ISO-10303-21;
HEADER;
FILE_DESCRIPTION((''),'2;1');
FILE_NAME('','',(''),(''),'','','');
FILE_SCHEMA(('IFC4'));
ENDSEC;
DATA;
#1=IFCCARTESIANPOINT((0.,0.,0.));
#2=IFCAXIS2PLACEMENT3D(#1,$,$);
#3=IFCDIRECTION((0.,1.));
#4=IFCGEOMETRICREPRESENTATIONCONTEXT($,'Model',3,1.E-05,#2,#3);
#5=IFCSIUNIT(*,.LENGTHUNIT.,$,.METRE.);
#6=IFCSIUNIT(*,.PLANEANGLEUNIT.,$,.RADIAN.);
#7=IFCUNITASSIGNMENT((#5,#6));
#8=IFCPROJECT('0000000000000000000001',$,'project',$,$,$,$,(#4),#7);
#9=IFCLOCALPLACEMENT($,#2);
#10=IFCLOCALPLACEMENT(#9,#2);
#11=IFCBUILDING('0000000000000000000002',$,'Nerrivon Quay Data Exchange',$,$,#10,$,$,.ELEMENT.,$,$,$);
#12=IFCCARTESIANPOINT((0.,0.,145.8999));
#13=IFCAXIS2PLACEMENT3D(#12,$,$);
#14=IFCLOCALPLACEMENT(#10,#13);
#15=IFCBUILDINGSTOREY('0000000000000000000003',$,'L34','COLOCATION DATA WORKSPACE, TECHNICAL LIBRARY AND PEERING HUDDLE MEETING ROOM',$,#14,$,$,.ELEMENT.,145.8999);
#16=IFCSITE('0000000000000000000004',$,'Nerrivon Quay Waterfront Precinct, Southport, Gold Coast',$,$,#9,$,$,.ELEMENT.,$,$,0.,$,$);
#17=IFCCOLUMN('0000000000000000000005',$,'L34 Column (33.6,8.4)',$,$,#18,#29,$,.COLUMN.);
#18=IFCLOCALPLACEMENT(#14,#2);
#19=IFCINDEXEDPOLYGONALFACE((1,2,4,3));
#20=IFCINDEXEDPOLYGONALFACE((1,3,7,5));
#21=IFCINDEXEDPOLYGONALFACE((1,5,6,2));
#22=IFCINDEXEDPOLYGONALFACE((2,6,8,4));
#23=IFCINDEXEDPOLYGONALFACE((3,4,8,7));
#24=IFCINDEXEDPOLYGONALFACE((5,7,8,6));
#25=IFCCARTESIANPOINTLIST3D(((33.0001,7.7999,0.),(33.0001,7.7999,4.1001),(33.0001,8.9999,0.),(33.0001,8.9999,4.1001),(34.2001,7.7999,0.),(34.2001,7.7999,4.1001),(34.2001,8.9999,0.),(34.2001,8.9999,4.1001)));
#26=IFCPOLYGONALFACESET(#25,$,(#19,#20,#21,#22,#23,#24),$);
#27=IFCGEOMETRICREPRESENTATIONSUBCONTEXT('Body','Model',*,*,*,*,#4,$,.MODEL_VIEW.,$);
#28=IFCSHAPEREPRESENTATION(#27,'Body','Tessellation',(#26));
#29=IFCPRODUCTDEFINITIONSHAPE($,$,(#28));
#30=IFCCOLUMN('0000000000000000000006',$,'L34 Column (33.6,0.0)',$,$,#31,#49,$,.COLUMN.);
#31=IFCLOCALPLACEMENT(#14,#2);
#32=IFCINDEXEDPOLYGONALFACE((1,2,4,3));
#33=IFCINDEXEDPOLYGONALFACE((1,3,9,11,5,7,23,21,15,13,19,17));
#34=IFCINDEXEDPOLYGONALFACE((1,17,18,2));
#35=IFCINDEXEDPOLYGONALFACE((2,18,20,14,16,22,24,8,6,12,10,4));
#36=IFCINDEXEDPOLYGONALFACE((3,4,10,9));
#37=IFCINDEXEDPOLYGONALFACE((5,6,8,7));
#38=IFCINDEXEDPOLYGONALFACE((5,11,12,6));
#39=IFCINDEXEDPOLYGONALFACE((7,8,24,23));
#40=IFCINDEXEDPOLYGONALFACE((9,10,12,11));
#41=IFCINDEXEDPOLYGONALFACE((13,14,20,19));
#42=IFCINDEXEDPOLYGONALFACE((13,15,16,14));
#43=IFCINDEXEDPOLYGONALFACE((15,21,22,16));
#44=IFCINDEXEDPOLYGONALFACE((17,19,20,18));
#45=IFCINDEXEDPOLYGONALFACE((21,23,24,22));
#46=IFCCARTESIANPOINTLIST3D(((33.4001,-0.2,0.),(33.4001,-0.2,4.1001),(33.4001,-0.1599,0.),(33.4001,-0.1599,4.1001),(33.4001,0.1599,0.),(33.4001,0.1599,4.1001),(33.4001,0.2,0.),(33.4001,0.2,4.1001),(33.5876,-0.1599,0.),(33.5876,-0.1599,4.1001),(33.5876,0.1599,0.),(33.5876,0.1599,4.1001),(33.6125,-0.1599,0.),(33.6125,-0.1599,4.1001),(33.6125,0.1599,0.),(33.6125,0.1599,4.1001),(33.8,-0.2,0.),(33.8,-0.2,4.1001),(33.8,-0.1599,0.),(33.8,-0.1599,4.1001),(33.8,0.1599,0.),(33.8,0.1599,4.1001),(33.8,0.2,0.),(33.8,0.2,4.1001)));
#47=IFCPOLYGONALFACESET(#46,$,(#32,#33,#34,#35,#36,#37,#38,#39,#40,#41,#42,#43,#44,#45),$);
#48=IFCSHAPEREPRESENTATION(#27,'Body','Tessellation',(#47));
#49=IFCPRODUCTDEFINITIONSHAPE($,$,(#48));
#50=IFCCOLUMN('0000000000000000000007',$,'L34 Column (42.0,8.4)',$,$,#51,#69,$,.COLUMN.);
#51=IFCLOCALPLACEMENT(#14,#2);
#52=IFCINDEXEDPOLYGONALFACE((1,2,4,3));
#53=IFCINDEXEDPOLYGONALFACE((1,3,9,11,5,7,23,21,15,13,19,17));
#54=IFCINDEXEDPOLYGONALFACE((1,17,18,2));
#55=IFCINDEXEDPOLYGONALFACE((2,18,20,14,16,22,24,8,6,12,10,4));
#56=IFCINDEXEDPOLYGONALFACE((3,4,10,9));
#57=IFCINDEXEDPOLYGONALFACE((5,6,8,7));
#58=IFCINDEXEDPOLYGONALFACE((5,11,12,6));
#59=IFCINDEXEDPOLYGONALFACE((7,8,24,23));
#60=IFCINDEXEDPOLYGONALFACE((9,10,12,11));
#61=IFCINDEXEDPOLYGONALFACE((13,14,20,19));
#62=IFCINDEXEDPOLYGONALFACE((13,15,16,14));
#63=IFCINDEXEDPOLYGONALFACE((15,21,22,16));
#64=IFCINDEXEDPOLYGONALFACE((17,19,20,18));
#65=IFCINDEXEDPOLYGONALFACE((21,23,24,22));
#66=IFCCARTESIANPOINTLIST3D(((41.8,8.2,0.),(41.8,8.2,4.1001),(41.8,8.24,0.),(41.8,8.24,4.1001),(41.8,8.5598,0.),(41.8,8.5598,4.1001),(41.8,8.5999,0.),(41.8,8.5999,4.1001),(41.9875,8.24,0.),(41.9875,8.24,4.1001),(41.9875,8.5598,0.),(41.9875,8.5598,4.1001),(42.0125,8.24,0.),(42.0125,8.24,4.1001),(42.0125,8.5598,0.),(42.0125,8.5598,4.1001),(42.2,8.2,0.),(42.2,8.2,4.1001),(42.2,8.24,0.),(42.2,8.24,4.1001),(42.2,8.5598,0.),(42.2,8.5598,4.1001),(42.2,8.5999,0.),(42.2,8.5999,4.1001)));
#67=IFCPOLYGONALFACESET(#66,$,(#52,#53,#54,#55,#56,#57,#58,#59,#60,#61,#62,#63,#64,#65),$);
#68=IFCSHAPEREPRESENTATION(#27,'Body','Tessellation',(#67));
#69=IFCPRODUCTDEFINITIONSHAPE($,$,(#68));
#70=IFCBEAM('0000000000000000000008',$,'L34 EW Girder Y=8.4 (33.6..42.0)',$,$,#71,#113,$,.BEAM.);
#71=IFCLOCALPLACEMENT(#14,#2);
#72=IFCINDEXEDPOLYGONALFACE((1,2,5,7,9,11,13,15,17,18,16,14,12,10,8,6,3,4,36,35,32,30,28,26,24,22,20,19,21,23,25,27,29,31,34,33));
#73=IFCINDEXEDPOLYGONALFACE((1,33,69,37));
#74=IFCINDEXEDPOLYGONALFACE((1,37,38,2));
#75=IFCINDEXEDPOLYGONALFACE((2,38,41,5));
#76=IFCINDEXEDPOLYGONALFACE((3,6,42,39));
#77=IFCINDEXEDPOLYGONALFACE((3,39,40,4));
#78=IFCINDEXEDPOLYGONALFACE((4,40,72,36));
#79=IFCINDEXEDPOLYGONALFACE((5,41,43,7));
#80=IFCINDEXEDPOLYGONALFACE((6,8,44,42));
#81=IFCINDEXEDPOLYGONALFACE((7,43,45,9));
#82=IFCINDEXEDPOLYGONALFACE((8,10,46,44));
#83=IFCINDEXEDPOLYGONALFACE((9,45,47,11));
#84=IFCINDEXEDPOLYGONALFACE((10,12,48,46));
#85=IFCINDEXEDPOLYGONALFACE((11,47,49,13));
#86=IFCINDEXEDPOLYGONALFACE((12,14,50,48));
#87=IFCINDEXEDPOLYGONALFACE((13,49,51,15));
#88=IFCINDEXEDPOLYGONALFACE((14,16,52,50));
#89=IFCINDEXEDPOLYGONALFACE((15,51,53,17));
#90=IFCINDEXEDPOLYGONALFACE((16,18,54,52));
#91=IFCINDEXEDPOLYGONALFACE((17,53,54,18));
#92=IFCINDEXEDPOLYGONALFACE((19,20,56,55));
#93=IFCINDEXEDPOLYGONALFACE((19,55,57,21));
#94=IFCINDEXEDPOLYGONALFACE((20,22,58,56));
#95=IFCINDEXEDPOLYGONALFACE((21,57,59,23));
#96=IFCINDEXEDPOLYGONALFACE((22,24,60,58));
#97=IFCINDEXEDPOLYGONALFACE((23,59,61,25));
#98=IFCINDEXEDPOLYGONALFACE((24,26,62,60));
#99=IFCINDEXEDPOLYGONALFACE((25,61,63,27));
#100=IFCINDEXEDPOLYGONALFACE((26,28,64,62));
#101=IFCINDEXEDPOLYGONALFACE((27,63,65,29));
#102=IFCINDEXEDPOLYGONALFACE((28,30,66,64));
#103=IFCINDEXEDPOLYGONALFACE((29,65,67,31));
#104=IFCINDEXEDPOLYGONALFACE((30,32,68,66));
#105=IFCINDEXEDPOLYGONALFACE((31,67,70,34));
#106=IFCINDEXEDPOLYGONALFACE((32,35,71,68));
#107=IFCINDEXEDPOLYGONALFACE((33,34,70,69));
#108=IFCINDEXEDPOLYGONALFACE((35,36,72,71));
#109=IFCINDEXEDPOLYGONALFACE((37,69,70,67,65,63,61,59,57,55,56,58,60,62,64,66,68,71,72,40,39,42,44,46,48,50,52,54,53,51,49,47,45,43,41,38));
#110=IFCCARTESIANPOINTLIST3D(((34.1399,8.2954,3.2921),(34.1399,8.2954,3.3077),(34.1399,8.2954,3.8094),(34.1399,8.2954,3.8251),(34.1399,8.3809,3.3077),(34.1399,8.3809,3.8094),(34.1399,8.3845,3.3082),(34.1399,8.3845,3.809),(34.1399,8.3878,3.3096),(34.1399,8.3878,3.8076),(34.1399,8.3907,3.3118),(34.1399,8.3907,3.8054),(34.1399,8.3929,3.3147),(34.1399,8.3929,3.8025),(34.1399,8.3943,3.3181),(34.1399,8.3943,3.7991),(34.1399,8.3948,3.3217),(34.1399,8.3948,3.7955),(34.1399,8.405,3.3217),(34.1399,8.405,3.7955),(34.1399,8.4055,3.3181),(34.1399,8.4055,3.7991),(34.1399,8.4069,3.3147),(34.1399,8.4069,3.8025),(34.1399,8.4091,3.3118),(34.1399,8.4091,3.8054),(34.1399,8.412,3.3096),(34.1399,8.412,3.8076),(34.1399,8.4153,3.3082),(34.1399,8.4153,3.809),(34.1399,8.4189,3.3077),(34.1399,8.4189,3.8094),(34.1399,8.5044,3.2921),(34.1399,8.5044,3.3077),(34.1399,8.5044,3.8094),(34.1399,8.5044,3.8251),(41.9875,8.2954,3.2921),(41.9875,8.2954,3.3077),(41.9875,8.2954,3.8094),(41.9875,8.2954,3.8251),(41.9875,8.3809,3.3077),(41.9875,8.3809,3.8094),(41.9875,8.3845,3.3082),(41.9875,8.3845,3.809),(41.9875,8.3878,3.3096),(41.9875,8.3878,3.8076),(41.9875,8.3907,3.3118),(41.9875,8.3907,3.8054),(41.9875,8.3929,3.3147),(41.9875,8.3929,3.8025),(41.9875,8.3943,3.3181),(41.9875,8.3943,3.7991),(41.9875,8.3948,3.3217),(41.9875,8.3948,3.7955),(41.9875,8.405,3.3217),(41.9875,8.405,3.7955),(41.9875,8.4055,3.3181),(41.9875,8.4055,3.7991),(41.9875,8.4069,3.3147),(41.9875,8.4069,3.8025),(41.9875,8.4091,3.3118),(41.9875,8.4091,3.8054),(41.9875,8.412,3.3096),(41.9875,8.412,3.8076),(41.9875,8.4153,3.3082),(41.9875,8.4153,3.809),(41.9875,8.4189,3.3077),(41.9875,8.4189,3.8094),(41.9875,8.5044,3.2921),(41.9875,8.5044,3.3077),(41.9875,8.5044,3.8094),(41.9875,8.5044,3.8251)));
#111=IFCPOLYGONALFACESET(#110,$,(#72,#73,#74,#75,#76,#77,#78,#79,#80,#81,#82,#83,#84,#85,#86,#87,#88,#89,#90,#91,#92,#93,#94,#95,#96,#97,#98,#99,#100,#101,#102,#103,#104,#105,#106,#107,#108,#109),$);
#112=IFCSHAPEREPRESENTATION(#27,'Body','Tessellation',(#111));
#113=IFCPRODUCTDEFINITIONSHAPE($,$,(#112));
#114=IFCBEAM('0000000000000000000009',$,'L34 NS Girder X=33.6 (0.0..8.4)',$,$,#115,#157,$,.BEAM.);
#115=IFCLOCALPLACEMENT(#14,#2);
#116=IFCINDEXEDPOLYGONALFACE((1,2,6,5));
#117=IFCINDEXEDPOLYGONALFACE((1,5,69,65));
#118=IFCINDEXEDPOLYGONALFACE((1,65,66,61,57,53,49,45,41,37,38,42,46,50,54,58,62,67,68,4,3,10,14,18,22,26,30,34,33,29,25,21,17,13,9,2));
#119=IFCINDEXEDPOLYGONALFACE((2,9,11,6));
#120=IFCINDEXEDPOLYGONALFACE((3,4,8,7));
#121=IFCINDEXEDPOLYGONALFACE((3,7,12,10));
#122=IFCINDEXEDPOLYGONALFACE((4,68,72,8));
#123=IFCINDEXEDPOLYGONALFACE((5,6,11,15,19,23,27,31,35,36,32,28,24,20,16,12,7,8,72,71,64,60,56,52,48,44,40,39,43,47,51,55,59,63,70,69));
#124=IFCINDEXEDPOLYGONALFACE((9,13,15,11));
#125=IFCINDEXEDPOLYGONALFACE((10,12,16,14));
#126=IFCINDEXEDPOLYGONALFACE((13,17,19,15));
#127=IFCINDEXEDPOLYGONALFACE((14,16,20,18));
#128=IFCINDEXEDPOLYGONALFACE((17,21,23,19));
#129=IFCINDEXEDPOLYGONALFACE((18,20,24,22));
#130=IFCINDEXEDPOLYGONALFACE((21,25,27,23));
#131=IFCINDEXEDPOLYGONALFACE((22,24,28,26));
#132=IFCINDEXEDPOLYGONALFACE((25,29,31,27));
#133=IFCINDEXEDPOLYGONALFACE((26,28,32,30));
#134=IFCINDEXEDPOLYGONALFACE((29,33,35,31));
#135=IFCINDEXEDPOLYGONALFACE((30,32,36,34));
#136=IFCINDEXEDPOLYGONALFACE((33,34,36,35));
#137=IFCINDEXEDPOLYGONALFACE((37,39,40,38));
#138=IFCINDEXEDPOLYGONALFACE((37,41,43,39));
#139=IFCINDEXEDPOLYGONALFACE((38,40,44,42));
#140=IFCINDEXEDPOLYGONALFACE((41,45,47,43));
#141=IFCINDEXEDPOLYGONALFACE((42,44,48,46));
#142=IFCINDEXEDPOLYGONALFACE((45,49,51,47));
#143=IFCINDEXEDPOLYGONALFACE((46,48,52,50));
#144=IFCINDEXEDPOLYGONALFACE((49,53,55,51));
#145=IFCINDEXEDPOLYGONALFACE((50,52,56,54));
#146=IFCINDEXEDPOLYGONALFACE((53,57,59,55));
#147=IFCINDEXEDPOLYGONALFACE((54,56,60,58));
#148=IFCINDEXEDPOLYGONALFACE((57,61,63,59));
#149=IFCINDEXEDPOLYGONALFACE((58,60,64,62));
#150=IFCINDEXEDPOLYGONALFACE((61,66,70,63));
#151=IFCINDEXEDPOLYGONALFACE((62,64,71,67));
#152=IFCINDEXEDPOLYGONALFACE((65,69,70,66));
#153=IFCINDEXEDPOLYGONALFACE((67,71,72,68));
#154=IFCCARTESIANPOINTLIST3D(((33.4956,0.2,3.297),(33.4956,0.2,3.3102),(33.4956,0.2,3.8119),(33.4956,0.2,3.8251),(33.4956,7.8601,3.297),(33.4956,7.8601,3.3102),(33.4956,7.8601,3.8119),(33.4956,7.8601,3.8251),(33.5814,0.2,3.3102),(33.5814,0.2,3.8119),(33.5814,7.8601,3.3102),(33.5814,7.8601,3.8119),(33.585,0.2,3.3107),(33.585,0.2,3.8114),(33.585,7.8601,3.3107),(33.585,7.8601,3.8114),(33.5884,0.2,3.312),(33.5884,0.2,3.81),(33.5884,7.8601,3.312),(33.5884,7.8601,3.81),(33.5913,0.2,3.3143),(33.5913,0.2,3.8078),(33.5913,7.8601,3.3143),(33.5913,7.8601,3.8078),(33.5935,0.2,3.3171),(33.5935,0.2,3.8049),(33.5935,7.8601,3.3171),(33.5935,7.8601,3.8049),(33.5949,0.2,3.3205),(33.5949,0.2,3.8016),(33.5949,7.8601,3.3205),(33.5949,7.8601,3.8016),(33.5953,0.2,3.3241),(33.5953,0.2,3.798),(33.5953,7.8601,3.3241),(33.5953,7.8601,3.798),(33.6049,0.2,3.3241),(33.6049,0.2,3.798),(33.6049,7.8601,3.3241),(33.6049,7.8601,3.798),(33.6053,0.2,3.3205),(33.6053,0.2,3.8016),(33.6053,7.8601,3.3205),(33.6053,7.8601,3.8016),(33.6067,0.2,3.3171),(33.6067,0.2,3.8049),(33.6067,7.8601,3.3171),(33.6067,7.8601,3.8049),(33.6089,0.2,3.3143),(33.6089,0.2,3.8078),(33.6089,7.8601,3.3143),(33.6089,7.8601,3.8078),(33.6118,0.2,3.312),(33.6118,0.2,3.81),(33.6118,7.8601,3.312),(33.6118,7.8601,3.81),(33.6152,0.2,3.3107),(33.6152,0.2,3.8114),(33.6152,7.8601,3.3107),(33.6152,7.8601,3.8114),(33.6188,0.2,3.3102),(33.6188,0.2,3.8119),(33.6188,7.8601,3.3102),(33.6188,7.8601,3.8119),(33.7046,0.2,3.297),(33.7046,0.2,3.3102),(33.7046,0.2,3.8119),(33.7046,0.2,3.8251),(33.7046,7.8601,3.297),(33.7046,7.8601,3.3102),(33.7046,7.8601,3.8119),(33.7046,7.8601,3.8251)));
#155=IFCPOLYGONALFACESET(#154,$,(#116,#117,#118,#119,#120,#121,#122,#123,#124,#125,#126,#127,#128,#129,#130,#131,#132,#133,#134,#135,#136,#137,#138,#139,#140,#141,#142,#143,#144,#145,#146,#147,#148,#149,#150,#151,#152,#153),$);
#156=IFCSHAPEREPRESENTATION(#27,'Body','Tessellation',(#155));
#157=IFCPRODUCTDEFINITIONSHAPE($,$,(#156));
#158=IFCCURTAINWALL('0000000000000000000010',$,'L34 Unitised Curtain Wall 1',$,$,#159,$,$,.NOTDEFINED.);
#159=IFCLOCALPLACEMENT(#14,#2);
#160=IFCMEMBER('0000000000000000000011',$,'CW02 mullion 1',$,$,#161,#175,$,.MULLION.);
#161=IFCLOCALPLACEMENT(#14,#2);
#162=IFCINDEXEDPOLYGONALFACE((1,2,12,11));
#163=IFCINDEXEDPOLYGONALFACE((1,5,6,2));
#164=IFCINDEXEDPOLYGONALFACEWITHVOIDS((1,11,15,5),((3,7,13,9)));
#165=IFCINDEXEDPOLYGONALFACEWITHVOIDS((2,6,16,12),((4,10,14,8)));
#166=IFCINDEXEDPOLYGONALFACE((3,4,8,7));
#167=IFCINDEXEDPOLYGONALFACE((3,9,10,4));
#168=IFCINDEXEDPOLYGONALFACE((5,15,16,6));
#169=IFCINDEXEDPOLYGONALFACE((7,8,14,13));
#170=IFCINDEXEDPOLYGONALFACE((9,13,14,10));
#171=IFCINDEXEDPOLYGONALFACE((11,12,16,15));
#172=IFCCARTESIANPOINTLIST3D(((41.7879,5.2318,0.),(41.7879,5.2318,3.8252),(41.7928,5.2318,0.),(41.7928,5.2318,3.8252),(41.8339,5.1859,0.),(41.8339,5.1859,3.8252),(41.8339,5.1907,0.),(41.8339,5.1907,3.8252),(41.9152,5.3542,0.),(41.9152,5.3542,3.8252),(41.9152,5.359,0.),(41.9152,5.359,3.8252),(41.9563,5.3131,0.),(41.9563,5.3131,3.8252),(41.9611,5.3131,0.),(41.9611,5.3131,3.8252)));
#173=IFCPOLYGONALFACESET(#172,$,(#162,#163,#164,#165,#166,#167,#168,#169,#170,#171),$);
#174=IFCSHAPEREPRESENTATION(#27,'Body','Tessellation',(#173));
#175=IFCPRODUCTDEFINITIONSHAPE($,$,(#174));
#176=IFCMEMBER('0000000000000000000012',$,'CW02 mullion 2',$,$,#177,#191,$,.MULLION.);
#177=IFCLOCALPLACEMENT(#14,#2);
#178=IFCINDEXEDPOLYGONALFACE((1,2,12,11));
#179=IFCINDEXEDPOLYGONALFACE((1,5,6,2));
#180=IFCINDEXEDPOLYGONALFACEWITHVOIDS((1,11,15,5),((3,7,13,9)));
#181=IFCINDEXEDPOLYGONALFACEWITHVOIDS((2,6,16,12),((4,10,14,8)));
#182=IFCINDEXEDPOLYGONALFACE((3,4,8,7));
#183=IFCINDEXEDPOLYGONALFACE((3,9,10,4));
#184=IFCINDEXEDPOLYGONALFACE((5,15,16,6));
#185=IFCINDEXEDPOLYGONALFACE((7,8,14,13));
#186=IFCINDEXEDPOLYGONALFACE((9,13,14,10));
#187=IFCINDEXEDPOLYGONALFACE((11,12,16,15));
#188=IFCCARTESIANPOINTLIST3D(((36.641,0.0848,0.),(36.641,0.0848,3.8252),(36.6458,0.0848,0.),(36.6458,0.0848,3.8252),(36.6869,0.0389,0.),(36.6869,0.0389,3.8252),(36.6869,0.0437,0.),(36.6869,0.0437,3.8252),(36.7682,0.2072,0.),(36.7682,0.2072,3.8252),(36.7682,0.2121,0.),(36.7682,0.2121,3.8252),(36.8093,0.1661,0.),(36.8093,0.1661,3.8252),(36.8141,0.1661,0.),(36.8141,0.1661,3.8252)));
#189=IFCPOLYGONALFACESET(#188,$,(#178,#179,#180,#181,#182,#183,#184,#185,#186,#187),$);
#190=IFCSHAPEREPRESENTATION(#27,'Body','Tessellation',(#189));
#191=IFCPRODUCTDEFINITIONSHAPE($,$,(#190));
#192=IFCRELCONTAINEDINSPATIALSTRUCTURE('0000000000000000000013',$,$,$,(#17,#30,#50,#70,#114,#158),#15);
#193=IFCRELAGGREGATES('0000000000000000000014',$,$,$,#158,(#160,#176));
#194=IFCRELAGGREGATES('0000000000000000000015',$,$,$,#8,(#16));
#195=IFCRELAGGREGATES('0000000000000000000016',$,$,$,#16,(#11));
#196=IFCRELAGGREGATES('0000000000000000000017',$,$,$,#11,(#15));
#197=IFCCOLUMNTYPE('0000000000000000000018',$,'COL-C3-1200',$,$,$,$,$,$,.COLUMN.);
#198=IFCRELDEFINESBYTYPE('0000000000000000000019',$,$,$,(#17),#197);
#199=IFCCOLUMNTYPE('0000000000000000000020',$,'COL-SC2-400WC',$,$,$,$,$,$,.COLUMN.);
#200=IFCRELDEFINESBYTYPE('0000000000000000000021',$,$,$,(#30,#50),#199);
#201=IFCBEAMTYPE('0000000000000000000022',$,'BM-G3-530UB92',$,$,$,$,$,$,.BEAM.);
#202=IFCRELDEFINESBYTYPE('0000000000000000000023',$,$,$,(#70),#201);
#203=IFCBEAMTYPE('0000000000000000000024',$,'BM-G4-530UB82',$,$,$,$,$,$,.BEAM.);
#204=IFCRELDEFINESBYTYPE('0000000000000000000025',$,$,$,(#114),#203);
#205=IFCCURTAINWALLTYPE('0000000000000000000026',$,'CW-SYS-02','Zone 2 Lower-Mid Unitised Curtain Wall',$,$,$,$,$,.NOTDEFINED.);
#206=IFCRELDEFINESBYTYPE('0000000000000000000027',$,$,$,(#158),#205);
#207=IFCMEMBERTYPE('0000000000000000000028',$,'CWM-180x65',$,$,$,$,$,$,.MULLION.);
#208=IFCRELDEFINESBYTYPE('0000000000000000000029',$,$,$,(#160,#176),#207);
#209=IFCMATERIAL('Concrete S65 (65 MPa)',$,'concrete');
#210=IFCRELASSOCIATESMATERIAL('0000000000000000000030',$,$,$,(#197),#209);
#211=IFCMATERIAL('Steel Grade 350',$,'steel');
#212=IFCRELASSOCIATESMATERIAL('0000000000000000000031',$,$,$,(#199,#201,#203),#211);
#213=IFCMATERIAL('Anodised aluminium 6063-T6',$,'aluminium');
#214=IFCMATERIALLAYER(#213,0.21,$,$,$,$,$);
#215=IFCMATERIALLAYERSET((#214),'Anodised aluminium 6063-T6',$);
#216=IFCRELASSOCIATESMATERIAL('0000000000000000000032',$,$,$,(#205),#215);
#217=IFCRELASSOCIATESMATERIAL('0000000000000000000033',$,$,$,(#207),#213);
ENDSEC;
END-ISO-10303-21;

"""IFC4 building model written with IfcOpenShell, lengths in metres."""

from ifc_helpers import new_model, si_unit, direction, frame, origin, origin_2d, place, context, subcontext, project, spatial, rectangle, hollow_rectangle, i_section, extrude, material, layer, layer_set, material_profile, profile_set, type_object, element, aggregate, save


model = new_model("IFC4")

# Units and contexts
model_context = context("Model", 3, precision=1e-05, world=origin(), true_north=direction((0.0, 1.0)))
body_context = subcontext(model_context, "Body", "Model", "MODEL_VIEW")
ifc_project = project(units=[si_unit("LENGTHUNIT", "METRE"), si_unit("PLANEANGLEUNIT", "RADIAN")], contexts=[model_context])

# Site, building, storey
site_placement = place(None, origin())
site = spatial("IfcSite", under=ifc_project, at=site_placement, Name="Nerrivon Quay Waterfront Precinct, Southport, Gold Coast", CompositionType="ELEMENT", RefElevation=0.0)
building_placement = place(site_placement, origin())
building = spatial("IfcBuilding", under=site, at=building_placement, Name="Nerrivon Quay Data Exchange", CompositionType="ELEMENT")
storey_placement = place(building_placement, frame((0.0, 0.0, 145.8999)))
storey = spatial("IfcBuildingStorey", under=building, at=storey_placement, Name="L34", Description="COLOCATION DATA WORKSPACE, TECHNICAL LIBRARY AND PEERING HUDDLE MEETING ROOM", CompositionType="ELEMENT", Elevation=145.8999)

# Columns
ifc_material_1 = material(Name="Concrete S65 (65 MPa)", Category="concrete")
ifc_material_profile_1 = material_profile(ifc_material_1, rectangle(XDim=1.2, YDim=1.2, at=origin_2d()), Name="RC-COL-1200x1200")
ifc_profile_set_1 = profile_set([ifc_material_profile_1], Name="Concrete S65 (65 MPa)")
column_type_1 = type_object("IfcColumnType", Name="COL-C3-1200", PredefinedType="COLUMN", material=ifc_profile_set_1)
column_placement = place(storey_placement, frame((33.6001, 8.3999, 0.0), z_axis=(0.0, 0.0, 1.0), x_axis=(1.0, 0.0, 0.0)))
element("IfcColumn", 1, at=column_placement, inside=storey, type_object=column_type_1, Name="L34 Column (33.6,8.4)", PredefinedType="COLUMN", context=body_context, shape_type="SweptSolid", body=[
    extrude(rectangle(XDim=1.2, YDim=1.2, at=origin_2d()), origin(), (0.0, 0.0, 1.0), 4.1001),
])
ifc_material_2 = material(Name="Steel Grade 350", Category="steel")
ifc_material_profile_2 = material_profile(ifc_material_2, i_section(OverallWidth=0.3999, OverallDepth=0.3999, WebThickness=0.0249, FlangeThickness=0.04, at=origin_2d()), Name="400WC328")
ifc_profile_set_2 = profile_set([ifc_material_profile_2], Name="Steel Grade 350")
column_type_2 = type_object("IfcColumnType", Name="COL-SC2-400WC", PredefinedType="COLUMN", material=ifc_profile_set_2)
for number, where, z_axis, x_axis, name in (
    (2, (33.6001, 0.0, 0.0), (0.0, 0.0, 1.0), (1.0, 0.0, 0.0), "L34 Column (33.6,0.0)"),
    (3, (42.0, 8.3999, 0.0), (0.0, 0.0, 1.0), (1.0, 0.0, 0.0), "L34 Column (42.0,8.4)"),
):
    element("IfcColumn", number, at=place(storey_placement, frame(where, z_axis=z_axis, x_axis=x_axis)), inside=storey, type_object=column_type_2, Name=name, PredefinedType="COLUMN", context=body_context, shape_type="SweptSolid", body=[
        extrude(i_section(OverallWidth=0.3999, OverallDepth=0.3999, WebThickness=0.0249, FlangeThickness=0.04, at=origin_2d()), origin(), (0.0, 0.0, 1.0), 4.1001),
    ])

# Beams
ifc_material_profile_3 = material_profile(ifc_material_2, i_section(OverallWidth=0.209, OverallDepth=0.533, WebThickness=0.0103, FlangeThickness=0.0156, FilletRadius=0.0139, at=origin_2d()), Name="530UB92.4")
ifc_profile_set_3 = profile_set([ifc_material_profile_3], Name="Steel Grade 350")
beam_type_1 = type_object("IfcBeamType", Name="BM-G3-530UB92", PredefinedType="BEAM", material=ifc_profile_set_3)
beam_1_placement = place(storey_placement, frame((34.1399, 8.3999, 3.5586), z_axis=(1.0, 0.0, 0.0), x_axis=(0.0, 1.0, 0.0)))
element("IfcBeam", 4, at=beam_1_placement, inside=storey, type_object=beam_type_1, Name="L34 EW Girder Y=8.4 (33.6..42.0)", PredefinedType="BEAM", context=body_context, shape_type="SweptSolid", body=[
    extrude(i_section(OverallWidth=0.209, OverallDepth=0.533, WebThickness=0.0103, FlangeThickness=0.0156, FilletRadius=0.0139, at=origin_2d()), origin(), (0.0, 0.0, 1.0), 7.8477),
])
ifc_material_profile_4 = material_profile(ifc_material_2, i_section(OverallWidth=0.209, OverallDepth=0.5281, WebThickness=0.0095, FlangeThickness=0.0132, FilletRadius=0.0139, at=origin_2d()), Name="530UB82.0")
ifc_profile_set_4 = profile_set([ifc_material_profile_4], Name="Steel Grade 350")
beam_type_2 = type_object("IfcBeamType", Name="BM-G4-530UB82", PredefinedType="BEAM", material=ifc_profile_set_4)
beam_2_placement = place(storey_placement, frame((33.6001, 0.2, 3.561), z_axis=(0.0, 1.0, 0.0), x_axis=(-1.0, 0.0, 0.0)))
element("IfcBeam", 5, at=beam_2_placement, inside=storey, type_object=beam_type_2, Name="L34 NS Girder X=33.6 (0.0..8.4)", PredefinedType="BEAM", context=body_context, shape_type="SweptSolid", body=[
    extrude(i_section(OverallWidth=0.209, OverallDepth=0.5281, WebThickness=0.0095, FlangeThickness=0.0132, FilletRadius=0.0139, at=origin_2d()), origin(), (0.0, 0.0, 1.0), 7.6602),
])

# Curtain wall, members
ifc_material_3 = material(Name="Anodised aluminium 6063-T6", Category="aluminium")
ifc_layer_1 = layer(ifc_material_3, 0.21)
ifc_layer_set_1 = layer_set([ifc_layer_1], Name="Anodised aluminium 6063-T6")
curtain_wall_type = type_object("IfcCurtainWallType", Name="CW-SYS-02", Description="Zone 2 Lower-Mid Unitised Curtain Wall", PredefinedType="NOTDEFINED", material=ifc_layer_set_1)
curtain_wall_1_placement = place(storey_placement, origin())
curtain_wall_1 = element("IfcCurtainWall", 6, at=curtain_wall_1_placement, inside=storey, type_object=curtain_wall_type, Name="L34 Unitised Curtain Wall 1", PredefinedType="NOTDEFINED")
ifc_material_profile_5 = material_profile(ifc_material_3, hollow_rectangle(XDim=0.0649, YDim=0.1799, WallThickness=0.0034, at=origin_2d()), Name="ALU-MULL-180x65")
ifc_profile_set_5 = profile_set([ifc_material_profile_5], Name="Anodised aluminium 6063-T6")
member_type_1 = type_object("IfcMemberType", Name="CWM-180x65", PredefinedType="MULLION", material=ifc_profile_set_5)
member_1_placement = place(storey_placement, frame((41.8745, 5.2725, 0.0), z_axis=(0.0, 0.0, 1.0), x_axis=(0.707107, -0.707107, 0.0)))
member_1 = element("IfcMember", 7, at=member_1_placement, type_object=member_type_1, Name="CW02 mullion 1", PredefinedType="MULLION", context=body_context, shape_type="SweptSolid", body=[
    extrude(hollow_rectangle(XDim=0.0649, YDim=0.1799, WallThickness=0.0034, at=origin_2d()), origin(), (0.0, 0.0, 1.0), 3.8252),
])
member_2_placement = place(storey_placement, frame((36.7275, 0.1255, 0.0), z_axis=(0.0, 0.0, 1.0), x_axis=(0.707107, -0.707107, 0.0)))
member_2 = element("IfcMember", 8, at=member_2_placement, type_object=member_type_1, Name="CW02 mullion 2", PredefinedType="MULLION", context=body_context, shape_type="SweptSolid", body=[
    extrude(hollow_rectangle(XDim=0.0649, YDim=0.1799, WallThickness=0.0034, at=origin_2d()), origin(), (0.0, 0.0, 1.0), 3.8252),
])

aggregate(curtain_wall_1, [member_1, member_2])

save(model, "model.ifc")
